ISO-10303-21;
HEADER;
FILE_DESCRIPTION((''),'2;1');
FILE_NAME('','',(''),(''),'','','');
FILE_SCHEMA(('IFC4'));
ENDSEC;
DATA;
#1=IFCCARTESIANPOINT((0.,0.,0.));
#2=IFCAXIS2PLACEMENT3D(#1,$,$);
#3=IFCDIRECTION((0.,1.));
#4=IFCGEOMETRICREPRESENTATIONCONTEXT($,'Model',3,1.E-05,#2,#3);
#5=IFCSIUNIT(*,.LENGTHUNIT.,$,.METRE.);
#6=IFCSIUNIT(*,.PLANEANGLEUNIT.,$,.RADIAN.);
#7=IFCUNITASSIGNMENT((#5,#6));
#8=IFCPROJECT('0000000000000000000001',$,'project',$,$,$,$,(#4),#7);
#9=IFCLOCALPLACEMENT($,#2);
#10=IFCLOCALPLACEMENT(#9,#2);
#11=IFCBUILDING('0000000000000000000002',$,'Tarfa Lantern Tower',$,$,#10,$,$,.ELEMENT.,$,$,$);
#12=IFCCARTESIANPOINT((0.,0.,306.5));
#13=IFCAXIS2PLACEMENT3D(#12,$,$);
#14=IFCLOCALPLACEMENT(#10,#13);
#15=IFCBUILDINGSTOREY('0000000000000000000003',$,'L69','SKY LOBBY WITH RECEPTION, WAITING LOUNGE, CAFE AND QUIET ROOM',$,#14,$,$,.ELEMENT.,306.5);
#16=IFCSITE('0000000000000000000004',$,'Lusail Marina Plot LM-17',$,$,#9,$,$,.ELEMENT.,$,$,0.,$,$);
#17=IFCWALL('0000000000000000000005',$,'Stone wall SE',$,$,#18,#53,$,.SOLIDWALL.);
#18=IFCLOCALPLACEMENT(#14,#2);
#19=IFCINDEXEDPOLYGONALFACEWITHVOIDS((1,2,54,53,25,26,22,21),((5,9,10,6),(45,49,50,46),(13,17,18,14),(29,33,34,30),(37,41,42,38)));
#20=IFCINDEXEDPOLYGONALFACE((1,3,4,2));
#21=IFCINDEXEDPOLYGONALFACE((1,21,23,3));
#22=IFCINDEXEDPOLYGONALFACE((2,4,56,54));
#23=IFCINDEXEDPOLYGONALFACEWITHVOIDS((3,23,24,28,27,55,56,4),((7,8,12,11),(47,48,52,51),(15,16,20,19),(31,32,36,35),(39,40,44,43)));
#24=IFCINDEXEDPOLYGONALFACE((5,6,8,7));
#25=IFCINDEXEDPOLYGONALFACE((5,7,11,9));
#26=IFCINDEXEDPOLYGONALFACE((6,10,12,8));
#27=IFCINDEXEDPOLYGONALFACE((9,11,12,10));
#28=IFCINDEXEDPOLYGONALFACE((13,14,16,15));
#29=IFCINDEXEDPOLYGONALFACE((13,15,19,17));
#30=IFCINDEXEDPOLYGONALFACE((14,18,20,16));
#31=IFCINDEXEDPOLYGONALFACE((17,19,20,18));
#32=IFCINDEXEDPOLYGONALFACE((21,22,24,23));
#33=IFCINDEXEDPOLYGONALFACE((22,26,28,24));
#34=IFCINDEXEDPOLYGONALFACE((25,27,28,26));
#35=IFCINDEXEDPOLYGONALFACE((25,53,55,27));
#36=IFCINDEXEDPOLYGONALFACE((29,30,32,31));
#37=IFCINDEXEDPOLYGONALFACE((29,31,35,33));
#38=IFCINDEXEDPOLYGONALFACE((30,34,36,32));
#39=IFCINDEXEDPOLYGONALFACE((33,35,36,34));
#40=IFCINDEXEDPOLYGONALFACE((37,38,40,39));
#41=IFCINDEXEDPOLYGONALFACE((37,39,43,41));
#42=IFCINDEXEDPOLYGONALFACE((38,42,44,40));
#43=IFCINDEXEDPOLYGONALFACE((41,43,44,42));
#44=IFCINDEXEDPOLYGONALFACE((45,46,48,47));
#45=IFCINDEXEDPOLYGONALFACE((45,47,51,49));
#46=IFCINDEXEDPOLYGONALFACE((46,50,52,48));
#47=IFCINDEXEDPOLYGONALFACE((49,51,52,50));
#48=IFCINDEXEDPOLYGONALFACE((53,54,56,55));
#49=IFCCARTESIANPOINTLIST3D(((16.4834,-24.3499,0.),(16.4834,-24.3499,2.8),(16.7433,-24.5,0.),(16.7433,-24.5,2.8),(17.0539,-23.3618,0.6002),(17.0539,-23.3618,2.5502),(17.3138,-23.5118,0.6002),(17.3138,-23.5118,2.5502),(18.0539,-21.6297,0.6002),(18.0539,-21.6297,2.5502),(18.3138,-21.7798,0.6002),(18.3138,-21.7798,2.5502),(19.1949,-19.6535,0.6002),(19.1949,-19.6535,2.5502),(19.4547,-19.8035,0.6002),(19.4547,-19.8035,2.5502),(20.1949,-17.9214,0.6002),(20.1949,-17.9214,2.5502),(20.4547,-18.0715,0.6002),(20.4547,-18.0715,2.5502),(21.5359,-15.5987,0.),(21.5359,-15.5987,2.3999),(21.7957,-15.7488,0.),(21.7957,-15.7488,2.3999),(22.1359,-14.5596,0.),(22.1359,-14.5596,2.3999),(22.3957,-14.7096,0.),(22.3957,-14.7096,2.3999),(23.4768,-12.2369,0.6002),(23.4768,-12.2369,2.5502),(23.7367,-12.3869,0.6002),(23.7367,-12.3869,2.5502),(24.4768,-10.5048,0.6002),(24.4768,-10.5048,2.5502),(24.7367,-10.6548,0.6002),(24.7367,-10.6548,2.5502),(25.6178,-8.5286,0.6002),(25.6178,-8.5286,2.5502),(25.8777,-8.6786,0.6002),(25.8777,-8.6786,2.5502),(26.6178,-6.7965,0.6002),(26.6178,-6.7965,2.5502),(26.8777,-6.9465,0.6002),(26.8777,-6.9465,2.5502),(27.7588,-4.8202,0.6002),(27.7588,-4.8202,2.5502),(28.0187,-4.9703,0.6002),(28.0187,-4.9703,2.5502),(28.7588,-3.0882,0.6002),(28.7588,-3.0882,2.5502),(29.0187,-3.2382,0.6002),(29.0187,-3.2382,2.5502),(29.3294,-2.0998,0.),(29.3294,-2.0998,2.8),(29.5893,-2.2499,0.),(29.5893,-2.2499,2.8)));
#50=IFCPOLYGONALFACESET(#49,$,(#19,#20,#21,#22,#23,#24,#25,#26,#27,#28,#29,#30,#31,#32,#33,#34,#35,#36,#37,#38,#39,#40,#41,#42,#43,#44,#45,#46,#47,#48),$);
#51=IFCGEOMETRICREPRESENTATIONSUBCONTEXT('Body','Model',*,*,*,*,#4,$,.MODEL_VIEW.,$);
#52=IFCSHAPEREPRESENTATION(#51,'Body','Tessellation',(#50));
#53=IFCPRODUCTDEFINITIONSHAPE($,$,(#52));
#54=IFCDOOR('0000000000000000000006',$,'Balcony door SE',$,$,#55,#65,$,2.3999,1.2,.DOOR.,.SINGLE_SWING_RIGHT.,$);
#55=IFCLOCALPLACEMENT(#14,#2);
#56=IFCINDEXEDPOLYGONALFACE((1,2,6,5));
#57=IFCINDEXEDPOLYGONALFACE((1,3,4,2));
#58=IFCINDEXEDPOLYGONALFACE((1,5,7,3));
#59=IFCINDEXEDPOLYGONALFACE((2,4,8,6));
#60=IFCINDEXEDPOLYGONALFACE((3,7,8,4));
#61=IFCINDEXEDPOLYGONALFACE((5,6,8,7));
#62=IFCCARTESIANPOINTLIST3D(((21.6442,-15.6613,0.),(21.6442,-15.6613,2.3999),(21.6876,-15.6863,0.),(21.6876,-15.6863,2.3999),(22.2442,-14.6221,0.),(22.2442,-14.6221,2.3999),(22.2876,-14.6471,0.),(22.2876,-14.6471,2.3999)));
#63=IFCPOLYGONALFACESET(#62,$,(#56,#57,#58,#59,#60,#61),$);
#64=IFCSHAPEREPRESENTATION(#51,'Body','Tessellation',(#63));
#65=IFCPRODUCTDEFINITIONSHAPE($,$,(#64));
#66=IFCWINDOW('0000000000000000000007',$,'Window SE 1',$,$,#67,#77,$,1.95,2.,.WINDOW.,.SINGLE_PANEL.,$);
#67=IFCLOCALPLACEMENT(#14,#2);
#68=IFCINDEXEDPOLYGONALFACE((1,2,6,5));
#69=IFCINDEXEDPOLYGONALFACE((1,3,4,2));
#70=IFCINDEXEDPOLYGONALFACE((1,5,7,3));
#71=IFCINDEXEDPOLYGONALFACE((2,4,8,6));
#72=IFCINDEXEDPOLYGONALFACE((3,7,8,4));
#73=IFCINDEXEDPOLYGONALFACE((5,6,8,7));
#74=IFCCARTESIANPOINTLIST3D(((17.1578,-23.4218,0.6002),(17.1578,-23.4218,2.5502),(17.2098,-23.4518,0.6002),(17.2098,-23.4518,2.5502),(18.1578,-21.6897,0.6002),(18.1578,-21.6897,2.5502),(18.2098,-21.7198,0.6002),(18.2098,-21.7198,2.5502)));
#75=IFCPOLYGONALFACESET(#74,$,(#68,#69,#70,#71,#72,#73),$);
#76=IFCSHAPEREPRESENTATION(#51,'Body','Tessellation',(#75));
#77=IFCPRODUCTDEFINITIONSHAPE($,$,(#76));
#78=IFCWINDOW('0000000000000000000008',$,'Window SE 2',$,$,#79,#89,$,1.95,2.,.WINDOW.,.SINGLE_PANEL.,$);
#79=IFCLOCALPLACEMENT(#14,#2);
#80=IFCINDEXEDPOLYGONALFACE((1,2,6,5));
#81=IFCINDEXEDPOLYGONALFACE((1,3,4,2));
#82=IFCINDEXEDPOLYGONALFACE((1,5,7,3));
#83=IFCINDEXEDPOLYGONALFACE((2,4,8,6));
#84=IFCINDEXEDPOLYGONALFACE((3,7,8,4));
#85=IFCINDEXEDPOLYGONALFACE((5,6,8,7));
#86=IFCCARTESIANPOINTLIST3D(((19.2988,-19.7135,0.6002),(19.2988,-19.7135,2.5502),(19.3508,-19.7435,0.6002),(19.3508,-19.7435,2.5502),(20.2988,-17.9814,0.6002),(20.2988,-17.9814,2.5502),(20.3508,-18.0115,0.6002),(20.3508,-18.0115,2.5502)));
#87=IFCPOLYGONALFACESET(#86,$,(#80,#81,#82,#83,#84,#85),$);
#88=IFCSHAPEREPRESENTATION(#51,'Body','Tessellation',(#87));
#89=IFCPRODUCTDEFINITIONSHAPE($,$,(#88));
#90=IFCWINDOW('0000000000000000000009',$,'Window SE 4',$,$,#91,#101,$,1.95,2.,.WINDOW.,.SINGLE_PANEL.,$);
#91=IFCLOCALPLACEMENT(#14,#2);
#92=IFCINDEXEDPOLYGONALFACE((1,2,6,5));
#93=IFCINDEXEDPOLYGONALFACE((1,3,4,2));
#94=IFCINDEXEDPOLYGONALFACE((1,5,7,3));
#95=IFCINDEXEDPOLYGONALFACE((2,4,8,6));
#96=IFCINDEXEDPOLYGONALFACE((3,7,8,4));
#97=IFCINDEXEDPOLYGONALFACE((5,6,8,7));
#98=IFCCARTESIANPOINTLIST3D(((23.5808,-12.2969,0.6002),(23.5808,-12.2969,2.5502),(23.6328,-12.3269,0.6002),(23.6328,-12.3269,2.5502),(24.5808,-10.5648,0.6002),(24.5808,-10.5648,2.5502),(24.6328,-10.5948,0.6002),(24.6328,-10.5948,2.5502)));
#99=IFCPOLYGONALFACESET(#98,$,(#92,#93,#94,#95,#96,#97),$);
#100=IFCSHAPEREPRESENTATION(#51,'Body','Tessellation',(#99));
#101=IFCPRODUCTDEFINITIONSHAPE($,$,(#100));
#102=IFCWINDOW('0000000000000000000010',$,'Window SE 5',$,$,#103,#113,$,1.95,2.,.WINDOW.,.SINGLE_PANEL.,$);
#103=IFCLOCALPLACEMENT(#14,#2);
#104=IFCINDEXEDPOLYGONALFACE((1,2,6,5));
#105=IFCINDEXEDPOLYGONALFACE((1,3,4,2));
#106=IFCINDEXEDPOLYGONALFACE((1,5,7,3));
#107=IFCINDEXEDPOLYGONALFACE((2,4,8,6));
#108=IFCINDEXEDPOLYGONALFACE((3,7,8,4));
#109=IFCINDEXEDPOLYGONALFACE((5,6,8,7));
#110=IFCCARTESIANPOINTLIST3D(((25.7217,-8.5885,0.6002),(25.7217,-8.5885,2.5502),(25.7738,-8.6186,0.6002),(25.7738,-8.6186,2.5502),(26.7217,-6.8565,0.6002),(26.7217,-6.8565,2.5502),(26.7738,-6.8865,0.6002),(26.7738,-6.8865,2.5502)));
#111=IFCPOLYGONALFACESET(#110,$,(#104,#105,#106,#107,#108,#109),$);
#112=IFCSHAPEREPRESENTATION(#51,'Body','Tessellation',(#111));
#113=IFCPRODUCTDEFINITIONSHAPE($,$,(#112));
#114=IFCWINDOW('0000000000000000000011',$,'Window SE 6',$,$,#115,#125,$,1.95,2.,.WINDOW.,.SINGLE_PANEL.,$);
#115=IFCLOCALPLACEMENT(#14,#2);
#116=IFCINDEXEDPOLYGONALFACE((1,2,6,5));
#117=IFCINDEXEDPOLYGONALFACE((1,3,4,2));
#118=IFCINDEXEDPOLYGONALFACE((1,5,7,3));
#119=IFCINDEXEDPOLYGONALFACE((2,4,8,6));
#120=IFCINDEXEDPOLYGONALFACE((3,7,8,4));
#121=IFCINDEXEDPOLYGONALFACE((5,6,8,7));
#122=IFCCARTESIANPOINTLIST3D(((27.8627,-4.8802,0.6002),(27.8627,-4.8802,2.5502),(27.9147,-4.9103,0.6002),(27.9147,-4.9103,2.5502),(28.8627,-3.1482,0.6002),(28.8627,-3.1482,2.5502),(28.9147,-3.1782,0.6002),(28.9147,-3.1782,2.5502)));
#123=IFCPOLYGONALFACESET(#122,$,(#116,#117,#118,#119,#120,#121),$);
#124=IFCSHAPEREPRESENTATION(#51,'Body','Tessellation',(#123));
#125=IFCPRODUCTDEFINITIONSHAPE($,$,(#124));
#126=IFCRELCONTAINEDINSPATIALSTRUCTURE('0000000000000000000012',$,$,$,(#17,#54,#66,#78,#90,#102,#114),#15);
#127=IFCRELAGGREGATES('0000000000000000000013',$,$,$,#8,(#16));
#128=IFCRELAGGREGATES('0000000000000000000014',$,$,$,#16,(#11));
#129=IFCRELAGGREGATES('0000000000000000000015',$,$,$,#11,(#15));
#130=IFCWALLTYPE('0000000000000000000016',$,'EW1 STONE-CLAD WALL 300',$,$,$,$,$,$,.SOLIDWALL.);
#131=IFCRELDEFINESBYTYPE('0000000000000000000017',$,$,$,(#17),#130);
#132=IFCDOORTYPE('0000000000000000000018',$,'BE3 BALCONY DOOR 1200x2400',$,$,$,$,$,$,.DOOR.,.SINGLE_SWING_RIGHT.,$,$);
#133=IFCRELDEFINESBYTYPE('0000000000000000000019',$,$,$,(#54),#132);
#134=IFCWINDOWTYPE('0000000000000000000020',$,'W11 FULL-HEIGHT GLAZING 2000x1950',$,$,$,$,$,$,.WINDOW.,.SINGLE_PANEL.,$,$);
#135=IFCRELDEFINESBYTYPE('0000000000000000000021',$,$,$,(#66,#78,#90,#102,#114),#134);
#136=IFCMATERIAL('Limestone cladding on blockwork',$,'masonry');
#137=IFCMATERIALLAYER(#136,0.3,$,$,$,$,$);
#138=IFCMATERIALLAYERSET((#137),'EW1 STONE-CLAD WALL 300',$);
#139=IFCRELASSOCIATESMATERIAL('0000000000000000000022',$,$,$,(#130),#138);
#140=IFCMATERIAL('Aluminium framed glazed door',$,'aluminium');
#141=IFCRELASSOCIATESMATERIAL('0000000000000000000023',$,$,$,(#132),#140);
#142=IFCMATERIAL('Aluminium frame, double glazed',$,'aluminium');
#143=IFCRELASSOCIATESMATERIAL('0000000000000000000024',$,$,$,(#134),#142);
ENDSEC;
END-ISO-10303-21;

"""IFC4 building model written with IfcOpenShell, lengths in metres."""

from ifc_helpers import new_model, si_unit, direction, frame, frame_2d, origin, place, context, subcontext, project, spatial, rectangle, extrude, material, layer, layer_set, type_object, element, fill, save


model = new_model("IFC4")

# Units and contexts
model_context = context("Model", 3, precision=1e-05, world=origin(), true_north=direction((0.0, 1.0)))
body_context = subcontext(model_context, "Body", "Model", "MODEL_VIEW")
ifc_project = project(units=[si_unit("LENGTHUNIT", "METRE"), si_unit("PLANEANGLEUNIT", "RADIAN")], contexts=[model_context])

# Site, building, storey
site_placement = place(None, origin())
site = spatial("IfcSite", under=ifc_project, at=site_placement, Name="Lusail Marina Plot LM-17", CompositionType="ELEMENT", RefElevation=0.0)
building_placement = place(site_placement, origin())
building = spatial("IfcBuilding", under=site, at=building_placement, Name="Tarfa Lantern Tower", CompositionType="ELEMENT")
storey_placement = place(building_placement, frame((0.0, 0.0, 306.5)))
storey = spatial("IfcBuildingStorey", under=building, at=storey_placement, Name="L69", Description="SKY LOBBY WITH RECEPTION, WAITING LOUNGE, CAFE AND QUIET ROOM", CompositionType="ELEMENT", Elevation=306.5)

# Wall, openings, door, windows
ifc_material_1 = material(Name="Limestone cladding on blockwork", Category="masonry")
ifc_layer = layer(ifc_material_1, 0.3)
ifc_layer_set = layer_set([ifc_layer], Name="EW1 STONE-CLAD WALL 300")
wall_type = type_object("IfcWallType", Name="EW1 STONE-CLAD WALL 300", PredefinedType="SOLIDWALL", material=ifc_layer_set)
wall_placement = place(storey_placement, frame((16.6133, -24.425, 0.0), z_axis=(0.0, 0.0, 1.0), x_axis=(0.499997, 0.866027, 0.0)))
wall = element("IfcWall", 1, at=wall_placement, inside=storey, type_object=wall_type, Name="Stone wall SE", PredefinedType="SOLIDWALL", context=body_context, shape_type="SweptSolid", body=[
    extrude(rectangle(XDim=25.6921, YDim=0.3, at=frame_2d((12.8462, 0.0))), origin(), (0.0, 0.0, 1.0), 2.8),
])
opening_1_placement = place(wall_placement, frame((1.1411, 0.0, 0.6001)))
opening_1 = element("IfcOpeningElement", 2, at=opening_1_placement, cuts=wall, PredefinedType="OPENING", context=body_context, shape_type="SweptSolid", body=[
    extrude(rectangle(XDim=2.0, YDim=1.95, at=frame_2d((1.0, 0.9751))), frame((0.0, 0.1599, 0.0), z_axis=(0.0, -1.0, 0.0), x_axis=(1.0, 0.0, 0.0)), (0.0, 0.0, 1.0), 0.3201),
])
opening_2_placement = place(wall_placement, frame((5.4231, 0.0, 0.6001)))
opening_2 = element("IfcOpeningElement", 3, at=opening_2_placement, cuts=wall, PredefinedType="OPENING", context=body_context, shape_type="SweptSolid", body=[
    extrude(rectangle(XDim=2.0, YDim=1.95, at=frame_2d((1.0, 0.9751))), frame((0.0, 0.1599, 0.0), z_axis=(0.0, -1.0, 0.0), x_axis=(1.0, 0.0, 0.0)), (0.0, 0.0, 1.0), 0.3201),
])
opening_3_placement = place(wall_placement, frame((10.105, 0.0, 0.0)))
opening_3 = element("IfcOpeningElement", 4, at=opening_3_placement, cuts=wall, PredefinedType="OPENING", context=body_context, shape_type="SweptSolid", body=[
    extrude(rectangle(XDim=1.2, YDim=2.3999, at=frame_2d((0.6001, 1.2))), frame((0.0, 0.1599, 0.0), z_axis=(0.0, -1.0, 0.0), x_axis=(1.0, 0.0, 0.0)), (0.0, 0.0, 1.0), 0.3201),
])
opening_4_placement = place(wall_placement, frame((13.9871, 0.0, 0.6001)))
opening_4 = element("IfcOpeningElement", 5, at=opening_4_placement, cuts=wall, PredefinedType="OPENING", context=body_context, shape_type="SweptSolid", body=[
    extrude(rectangle(XDim=2.0, YDim=1.95, at=frame_2d((1.0, 0.9751))), frame((0.0, 0.1599, 0.0), z_axis=(0.0, -1.0, 0.0), x_axis=(1.0, 0.0, 0.0)), (0.0, 0.0, 1.0), 0.3201),
])
opening_5_placement = place(wall_placement, frame((18.269, 0.0, 0.6001)))
opening_5 = element("IfcOpeningElement", 6, at=opening_5_placement, cuts=wall, PredefinedType="OPENING", context=body_context, shape_type="SweptSolid", body=[
    extrude(rectangle(XDim=2.0, YDim=1.95, at=frame_2d((1.0, 0.9751))), frame((0.0, 0.1599, 0.0), z_axis=(0.0, -1.0, 0.0), x_axis=(1.0, 0.0, 0.0)), (0.0, 0.0, 1.0), 0.3201),
])
opening_6_placement = place(wall_placement, frame((22.551, 0.0, 0.6001)))
opening_6 = element("IfcOpeningElement", 7, at=opening_6_placement, cuts=wall, PredefinedType="OPENING", context=body_context, shape_type="SweptSolid", body=[
    extrude(rectangle(XDim=2.0, YDim=1.95, at=frame_2d((1.0, 0.9751))), frame((0.0, 0.1599, 0.0), z_axis=(0.0, -1.0, 0.0), x_axis=(1.0, 0.0, 0.0)), (0.0, 0.0, 1.0), 0.3201),
])
ifc_material_2 = material(Name="Aluminium framed glazed door", Category="aluminium")
door_type = type_object("IfcDoorType", Name="BE3 BALCONY DOOR 1200x2400", OperationType="SINGLE_SWING_RIGHT", PredefinedType="DOOR", material=ifc_material_2)
door_placement = place(opening_3_placement, origin())
door = element("IfcDoor", 8, at=door_placement, inside=storey, type_object=door_type, Name="Balcony door SE", OperationType="SINGLE_SWING_RIGHT", OverallHeight=2.3999, OverallWidth=1.2, PredefinedType="DOOR", context=body_context, shape_type="SweptSolid", body=[
    extrude(rectangle(XDim=1.2, YDim=2.3999, at=frame_2d((0.6001, 1.2))), frame((0.0, 0.0249, 0.0), z_axis=(0.0, -1.0, 0.0), x_axis=(1.0, 0.0, 0.0)), (0.0, 0.0, 1.0), 0.05),
])
fill(opening_3, door)
ifc_material_3 = material(Name="Aluminium frame, double glazed", Category="aluminium")
window_type = type_object("IfcWindowType", Name="W11 FULL-HEIGHT GLAZING 2000x1950", PartitioningType="SINGLE_PANEL", PredefinedType="WINDOW", material=ifc_material_3)
window_1_placement = place(opening_1_placement, origin())
window_1 = element("IfcWindow", 9, at=window_1_placement, inside=storey, type_object=window_type, Name="Window SE 1", OverallHeight=1.95, OverallWidth=2.0, PartitioningType="SINGLE_PANEL", PredefinedType="WINDOW", context=body_context, shape_type="SweptSolid", body=[
    extrude(rectangle(XDim=2.0, YDim=1.95, at=frame_2d((1.0, 0.9751))), frame((0.0, 0.03, 0.0), z_axis=(0.0, -1.0, 0.0), x_axis=(1.0, 0.0, 0.0)), (0.0, 0.0, 1.0), 0.0601),
])
fill(opening_1, window_1)
window_2_placement = place(opening_2_placement, origin())
window_2 = element("IfcWindow", 10, at=window_2_placement, inside=storey, type_object=window_type, Name="Window SE 2", OverallHeight=1.95, OverallWidth=2.0, PartitioningType="SINGLE_PANEL", PredefinedType="WINDOW", context=body_context, shape_type="SweptSolid", body=[
    extrude(rectangle(XDim=2.0, YDim=1.95, at=frame_2d((1.0, 0.9751))), frame((0.0, 0.03, 0.0), z_axis=(0.0, -1.0, 0.0), x_axis=(1.0, 0.0, 0.0)), (0.0, 0.0, 1.0), 0.0601),
])
fill(opening_2, window_2)
window_3_placement = place(opening_4_placement, origin())
window_3 = element("IfcWindow", 11, at=window_3_placement, inside=storey, type_object=window_type, Name="Window SE 4", OverallHeight=1.95, OverallWidth=2.0, PartitioningType="SINGLE_PANEL", PredefinedType="WINDOW", context=body_context, shape_type="SweptSolid", body=[
    extrude(rectangle(XDim=2.0, YDim=1.95, at=frame_2d((1.0, 0.9751))), frame((0.0, 0.03, 0.0), z_axis=(0.0, -1.0, 0.0), x_axis=(1.0, 0.0, 0.0)), (0.0, 0.0, 1.0), 0.0601),
])
fill(opening_4, window_3)
window_4_placement = place(opening_5_placement, origin())
window_4 = element("IfcWindow", 12, at=window_4_placement, inside=storey, type_object=window_type, Name="Window SE 5", OverallHeight=1.95, OverallWidth=2.0, PartitioningType="SINGLE_PANEL", PredefinedType="WINDOW", context=body_context, shape_type="SweptSolid", body=[
    extrude(rectangle(XDim=2.0, YDim=1.95, at=frame_2d((1.0, 0.9751))), frame((0.0, 0.03, 0.0), z_axis=(0.0, -1.0, 0.0), x_axis=(1.0, 0.0, 0.0)), (0.0, 0.0, 1.0), 0.0601),
])
fill(opening_5, window_4)
window_5_placement = place(opening_6_placement, origin())
window_5 = element("IfcWindow", 13, at=window_5_placement, inside=storey, type_object=window_type, Name="Window SE 6", OverallHeight=1.95, OverallWidth=2.0, PartitioningType="SINGLE_PANEL", PredefinedType="WINDOW", context=body_context, shape_type="SweptSolid", body=[
    extrude(rectangle(XDim=2.0, YDim=1.95, at=frame_2d((1.0, 0.9751))), frame((0.0, 0.03, 0.0), z_axis=(0.0, -1.0, 0.0), x_axis=(1.0, 0.0, 0.0)), (0.0, 0.0, 1.0), 0.0601),
])
fill(opening_6, window_5)

save(model, "model.ifc")
